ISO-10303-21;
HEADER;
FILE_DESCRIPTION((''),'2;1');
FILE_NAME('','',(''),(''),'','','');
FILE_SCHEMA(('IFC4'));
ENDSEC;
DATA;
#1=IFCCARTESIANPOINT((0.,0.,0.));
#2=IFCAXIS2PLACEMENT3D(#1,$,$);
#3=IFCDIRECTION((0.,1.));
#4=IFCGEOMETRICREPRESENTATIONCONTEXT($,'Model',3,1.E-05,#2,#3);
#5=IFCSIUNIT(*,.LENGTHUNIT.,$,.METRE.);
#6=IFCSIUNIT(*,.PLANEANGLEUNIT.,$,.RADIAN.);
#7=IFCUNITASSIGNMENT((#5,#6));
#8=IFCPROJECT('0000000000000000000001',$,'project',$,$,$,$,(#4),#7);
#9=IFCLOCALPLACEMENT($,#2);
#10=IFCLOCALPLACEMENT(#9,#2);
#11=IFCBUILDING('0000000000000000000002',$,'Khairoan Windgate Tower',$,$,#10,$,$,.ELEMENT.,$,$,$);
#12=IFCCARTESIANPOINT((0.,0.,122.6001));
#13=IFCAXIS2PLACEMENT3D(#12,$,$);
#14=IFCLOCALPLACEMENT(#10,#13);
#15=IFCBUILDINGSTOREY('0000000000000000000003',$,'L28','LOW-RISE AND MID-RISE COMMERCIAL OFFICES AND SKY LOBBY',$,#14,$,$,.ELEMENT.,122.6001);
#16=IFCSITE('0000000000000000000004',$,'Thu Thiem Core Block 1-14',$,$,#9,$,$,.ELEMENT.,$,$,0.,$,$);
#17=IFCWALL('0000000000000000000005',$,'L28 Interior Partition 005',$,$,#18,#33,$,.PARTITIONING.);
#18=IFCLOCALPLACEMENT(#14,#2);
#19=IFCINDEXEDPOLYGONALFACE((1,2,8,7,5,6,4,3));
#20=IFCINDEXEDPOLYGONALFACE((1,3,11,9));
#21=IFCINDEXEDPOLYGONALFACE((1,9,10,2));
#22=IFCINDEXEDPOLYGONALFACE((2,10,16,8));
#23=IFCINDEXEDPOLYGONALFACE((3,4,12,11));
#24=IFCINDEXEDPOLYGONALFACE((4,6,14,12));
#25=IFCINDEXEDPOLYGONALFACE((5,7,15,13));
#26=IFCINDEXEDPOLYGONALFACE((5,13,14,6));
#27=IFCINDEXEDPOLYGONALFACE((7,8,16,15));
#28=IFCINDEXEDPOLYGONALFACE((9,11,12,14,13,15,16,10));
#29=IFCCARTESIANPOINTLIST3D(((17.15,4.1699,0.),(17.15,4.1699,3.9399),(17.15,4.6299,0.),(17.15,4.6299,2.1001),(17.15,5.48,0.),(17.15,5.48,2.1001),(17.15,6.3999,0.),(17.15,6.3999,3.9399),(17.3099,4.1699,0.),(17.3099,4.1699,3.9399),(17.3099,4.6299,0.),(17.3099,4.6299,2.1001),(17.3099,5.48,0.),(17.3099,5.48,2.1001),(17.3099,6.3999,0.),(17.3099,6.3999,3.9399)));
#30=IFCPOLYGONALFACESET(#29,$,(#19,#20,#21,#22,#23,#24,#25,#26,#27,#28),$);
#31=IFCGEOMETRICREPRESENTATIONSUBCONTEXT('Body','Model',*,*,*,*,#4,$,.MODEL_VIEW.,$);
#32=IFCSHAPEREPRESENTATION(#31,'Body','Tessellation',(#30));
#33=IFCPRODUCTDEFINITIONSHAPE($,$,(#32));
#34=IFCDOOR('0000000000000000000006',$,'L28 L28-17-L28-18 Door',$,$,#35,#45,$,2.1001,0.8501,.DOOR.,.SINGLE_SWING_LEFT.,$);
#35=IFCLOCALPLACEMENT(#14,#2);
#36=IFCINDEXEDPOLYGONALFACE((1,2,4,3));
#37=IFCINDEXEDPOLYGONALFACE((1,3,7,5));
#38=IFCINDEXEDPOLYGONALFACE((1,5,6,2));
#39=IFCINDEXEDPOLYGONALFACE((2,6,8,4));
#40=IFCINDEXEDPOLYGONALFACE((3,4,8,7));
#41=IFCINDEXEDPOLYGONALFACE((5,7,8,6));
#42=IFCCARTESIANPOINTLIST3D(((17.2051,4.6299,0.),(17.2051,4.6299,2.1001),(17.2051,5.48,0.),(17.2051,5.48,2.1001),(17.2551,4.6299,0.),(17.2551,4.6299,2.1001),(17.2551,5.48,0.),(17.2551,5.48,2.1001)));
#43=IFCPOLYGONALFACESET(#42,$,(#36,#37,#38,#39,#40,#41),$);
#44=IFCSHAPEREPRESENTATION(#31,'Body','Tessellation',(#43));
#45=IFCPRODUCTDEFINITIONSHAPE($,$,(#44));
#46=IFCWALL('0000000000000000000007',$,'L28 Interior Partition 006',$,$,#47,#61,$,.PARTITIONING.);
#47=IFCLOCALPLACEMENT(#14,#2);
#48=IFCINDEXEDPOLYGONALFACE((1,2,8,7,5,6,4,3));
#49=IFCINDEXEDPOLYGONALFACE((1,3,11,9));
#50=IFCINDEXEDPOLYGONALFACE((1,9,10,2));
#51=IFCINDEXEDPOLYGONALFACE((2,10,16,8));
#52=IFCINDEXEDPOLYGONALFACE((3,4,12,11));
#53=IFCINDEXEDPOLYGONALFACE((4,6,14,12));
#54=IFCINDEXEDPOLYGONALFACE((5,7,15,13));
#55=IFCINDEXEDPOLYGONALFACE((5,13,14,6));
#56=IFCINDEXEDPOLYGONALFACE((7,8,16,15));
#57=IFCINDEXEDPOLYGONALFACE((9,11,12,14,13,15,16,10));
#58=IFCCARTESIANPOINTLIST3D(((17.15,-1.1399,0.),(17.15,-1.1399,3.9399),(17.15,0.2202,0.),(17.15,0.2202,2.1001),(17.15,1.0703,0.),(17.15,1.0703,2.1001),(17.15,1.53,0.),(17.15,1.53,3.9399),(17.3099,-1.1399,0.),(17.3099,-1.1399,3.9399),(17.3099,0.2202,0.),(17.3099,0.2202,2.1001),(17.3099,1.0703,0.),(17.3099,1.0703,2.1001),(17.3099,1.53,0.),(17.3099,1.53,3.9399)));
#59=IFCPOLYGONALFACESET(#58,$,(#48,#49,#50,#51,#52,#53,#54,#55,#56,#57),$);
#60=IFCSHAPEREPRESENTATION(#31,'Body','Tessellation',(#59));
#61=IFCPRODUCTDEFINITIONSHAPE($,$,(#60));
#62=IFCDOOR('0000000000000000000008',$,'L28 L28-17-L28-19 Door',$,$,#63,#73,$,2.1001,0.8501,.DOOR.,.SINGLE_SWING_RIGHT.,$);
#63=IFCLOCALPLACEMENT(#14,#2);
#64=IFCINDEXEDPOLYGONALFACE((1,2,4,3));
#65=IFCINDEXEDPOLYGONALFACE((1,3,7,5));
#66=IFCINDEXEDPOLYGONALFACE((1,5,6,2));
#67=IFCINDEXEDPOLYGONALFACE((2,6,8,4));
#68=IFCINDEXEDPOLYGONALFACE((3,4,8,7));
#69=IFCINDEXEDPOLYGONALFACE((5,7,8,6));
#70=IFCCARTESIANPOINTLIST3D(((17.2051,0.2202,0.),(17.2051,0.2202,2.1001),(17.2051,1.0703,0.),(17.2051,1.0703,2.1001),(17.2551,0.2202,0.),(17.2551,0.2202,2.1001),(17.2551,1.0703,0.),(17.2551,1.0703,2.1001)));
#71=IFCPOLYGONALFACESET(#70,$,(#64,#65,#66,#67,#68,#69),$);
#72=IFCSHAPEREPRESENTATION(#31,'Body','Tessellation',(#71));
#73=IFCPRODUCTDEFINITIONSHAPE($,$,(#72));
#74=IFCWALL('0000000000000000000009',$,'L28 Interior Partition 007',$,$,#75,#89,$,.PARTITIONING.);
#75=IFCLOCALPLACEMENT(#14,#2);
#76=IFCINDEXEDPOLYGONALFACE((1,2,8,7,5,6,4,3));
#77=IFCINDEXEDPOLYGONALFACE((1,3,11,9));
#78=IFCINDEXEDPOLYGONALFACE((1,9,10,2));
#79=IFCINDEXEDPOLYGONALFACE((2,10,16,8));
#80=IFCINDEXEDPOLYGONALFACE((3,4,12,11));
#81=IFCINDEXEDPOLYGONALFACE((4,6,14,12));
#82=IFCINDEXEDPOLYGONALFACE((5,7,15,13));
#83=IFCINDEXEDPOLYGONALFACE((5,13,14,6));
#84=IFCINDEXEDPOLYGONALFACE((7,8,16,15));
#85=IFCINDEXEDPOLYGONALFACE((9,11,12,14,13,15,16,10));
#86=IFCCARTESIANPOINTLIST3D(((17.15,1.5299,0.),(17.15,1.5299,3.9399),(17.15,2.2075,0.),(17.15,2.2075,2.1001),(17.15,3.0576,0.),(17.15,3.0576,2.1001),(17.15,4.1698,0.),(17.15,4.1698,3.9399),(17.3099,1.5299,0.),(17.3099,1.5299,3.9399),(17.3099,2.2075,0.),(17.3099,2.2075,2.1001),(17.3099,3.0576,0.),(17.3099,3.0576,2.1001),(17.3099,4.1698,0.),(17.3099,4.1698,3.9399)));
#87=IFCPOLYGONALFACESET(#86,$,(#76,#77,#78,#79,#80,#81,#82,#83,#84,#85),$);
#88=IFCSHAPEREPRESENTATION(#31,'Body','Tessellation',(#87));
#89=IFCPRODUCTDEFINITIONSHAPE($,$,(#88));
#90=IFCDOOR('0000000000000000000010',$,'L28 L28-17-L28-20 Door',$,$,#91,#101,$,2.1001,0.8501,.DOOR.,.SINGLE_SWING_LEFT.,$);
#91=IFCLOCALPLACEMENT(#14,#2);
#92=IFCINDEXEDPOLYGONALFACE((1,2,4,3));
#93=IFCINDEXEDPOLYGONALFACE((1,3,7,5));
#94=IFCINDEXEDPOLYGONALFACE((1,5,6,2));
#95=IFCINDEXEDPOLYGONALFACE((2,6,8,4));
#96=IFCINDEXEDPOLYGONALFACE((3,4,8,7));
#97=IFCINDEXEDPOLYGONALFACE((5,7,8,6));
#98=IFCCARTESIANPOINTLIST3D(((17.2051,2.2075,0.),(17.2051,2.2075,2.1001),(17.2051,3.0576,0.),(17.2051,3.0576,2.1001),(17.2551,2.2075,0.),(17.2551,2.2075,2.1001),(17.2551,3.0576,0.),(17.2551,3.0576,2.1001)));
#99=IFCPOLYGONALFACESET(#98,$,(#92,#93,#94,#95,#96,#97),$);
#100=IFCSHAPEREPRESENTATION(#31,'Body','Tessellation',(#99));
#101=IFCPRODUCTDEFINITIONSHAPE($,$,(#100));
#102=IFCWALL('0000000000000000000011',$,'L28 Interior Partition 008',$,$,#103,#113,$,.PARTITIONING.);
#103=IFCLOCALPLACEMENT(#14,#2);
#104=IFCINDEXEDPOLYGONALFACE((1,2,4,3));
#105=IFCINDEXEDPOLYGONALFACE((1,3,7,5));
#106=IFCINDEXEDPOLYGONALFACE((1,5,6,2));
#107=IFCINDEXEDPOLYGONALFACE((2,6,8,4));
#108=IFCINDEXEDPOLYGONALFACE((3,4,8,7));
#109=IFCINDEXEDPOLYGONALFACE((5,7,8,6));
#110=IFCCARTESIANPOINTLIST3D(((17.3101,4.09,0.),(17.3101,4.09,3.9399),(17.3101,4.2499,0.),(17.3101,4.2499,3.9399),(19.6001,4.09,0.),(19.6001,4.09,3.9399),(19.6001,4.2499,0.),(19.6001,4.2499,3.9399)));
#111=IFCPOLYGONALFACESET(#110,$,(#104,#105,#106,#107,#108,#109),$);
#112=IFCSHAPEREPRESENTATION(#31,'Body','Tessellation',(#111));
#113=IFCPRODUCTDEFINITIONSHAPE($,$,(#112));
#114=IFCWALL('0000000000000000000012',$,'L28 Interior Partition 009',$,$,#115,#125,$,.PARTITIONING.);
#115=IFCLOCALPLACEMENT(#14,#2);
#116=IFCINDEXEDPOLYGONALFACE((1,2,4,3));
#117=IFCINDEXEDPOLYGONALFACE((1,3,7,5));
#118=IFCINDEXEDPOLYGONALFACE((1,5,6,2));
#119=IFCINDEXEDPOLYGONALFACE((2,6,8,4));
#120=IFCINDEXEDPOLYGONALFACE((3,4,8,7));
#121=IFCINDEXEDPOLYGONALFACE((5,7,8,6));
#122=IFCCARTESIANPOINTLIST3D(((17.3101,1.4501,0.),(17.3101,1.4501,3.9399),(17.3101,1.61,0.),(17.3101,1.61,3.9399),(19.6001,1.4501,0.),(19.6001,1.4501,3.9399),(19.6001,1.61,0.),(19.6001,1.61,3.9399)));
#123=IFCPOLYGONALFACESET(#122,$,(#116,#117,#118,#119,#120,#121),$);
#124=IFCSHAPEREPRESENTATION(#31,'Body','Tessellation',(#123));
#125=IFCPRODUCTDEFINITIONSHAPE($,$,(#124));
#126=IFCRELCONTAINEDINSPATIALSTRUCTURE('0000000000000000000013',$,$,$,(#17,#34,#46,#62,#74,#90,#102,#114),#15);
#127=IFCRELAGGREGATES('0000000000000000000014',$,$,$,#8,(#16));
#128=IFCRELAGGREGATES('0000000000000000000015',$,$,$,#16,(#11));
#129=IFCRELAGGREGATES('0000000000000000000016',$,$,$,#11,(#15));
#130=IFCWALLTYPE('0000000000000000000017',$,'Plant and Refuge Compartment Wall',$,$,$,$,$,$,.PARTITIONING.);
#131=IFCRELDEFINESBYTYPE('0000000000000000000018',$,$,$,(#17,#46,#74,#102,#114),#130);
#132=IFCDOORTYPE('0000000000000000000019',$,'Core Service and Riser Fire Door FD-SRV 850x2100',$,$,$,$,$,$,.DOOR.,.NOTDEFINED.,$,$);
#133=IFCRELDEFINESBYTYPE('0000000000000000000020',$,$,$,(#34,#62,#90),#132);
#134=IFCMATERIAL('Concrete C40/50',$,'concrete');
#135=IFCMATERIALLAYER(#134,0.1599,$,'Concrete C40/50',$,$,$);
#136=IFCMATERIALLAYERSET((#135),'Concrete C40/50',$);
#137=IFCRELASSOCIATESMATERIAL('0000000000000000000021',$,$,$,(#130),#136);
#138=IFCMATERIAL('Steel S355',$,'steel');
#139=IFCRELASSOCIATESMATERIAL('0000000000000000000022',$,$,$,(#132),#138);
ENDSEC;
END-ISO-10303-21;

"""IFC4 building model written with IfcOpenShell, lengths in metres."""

from ifc_helpers import new_model, si_unit, direction, frame, frame_2d, origin, place, context, subcontext, project, spatial, rectangle, extrude, material, layer, layer_set, type_object, element, fill, save


model = new_model("IFC4")

# Units and contexts
model_context = context("Model", 3, precision=1e-05, world=origin(), true_north=direction((0.0, 1.0)))
body_context = subcontext(model_context, "Body", "Model", "MODEL_VIEW")
ifc_project = project(units=[si_unit("LENGTHUNIT", "METRE"), si_unit("PLANEANGLEUNIT", "RADIAN")], contexts=[model_context])

# Site, building, storey
site_placement = place(None, origin())
site = spatial("IfcSite", under=ifc_project, at=site_placement, Name="Thu Thiem Core Block 1-14", CompositionType="ELEMENT", RefElevation=0.0)
building_placement = place(site_placement, origin())
building = spatial("IfcBuilding", under=site, at=building_placement, Name="Khairoan Windgate Tower", CompositionType="ELEMENT")
storey_placement = place(building_placement, frame((0.0, 0.0, 122.6001)))
storey = spatial("IfcBuildingStorey", under=building, at=storey_placement, Name="L28", Description="LOW-RISE AND MID-RISE COMMERCIAL OFFICES AND SKY LOBBY", CompositionType="ELEMENT", Elevation=122.6001)

# Walls, openings, doors
ifc_material_1 = material(Name="Concrete C40/50", Category="concrete")
ifc_layer_1 = layer(ifc_material_1, 0.1599, Name="Concrete C40/50")
ifc_layer_set_1 = layer_set([ifc_layer_1], Name="Concrete C40/50")
wall_type_1 = type_object("IfcWallType", Name="Plant and Refuge Compartment Wall", PredefinedType="PARTITIONING", material=ifc_layer_set_1)
wall_1_placement = place(storey_placement, frame((17.23, 4.1699, 0.0), z_axis=(0.0, 0.0, 1.0), x_axis=(0.0, 1.0, 0.0)))
wall_1 = element("IfcWall", 1, at=wall_1_placement, inside=storey, type_object=wall_type_1, Name="L28 Interior Partition 005", PredefinedType="PARTITIONING", context=body_context, shape_type="SweptSolid", body=[
    extrude(rectangle(XDim=2.23, YDim=0.1599, at=frame_2d((1.115, 0.0))), origin(), (0.0, 0.0, 1.0), 3.9399),
])
opening_1_placement = place(wall_1_placement, frame((0.46, 0.0, 0.0)))
opening_1 = element("IfcOpeningElement", 2, at=opening_1_placement, cuts=wall_1, PredefinedType="OPENING", context=body_context, shape_type="SweptSolid", body=[
    extrude(rectangle(XDim=0.8501, YDim=2.1001, at=frame_2d((0.425, 1.05))), frame((0.0, 0.0898, 0.0), z_axis=(0.0, -1.0, 0.0), x_axis=(1.0, 0.0, 0.0)), (0.0, 0.0, 1.0), 0.1799),
])
ifc_material_2 = material(Name="Steel S355", Category="steel")
door_type = type_object("IfcDoorType", Name="Core Service and Riser Fire Door FD-SRV 850x2100", OperationType="NOTDEFINED", PredefinedType="DOOR", material=ifc_material_2)
door_1_placement = place(opening_1_placement, origin())
door_1 = element("IfcDoor", 3, at=door_1_placement, inside=storey, type_object=door_type, Name="L28 L28-17-L28-18 Door", OperationType="SINGLE_SWING_LEFT", OverallHeight=2.1001, OverallWidth=0.8501, PredefinedType="DOOR", context=body_context, shape_type="SweptSolid", body=[
    extrude(rectangle(XDim=0.8501, YDim=2.1001, at=frame_2d((0.425, 1.05))), frame((0.0, 0.0249, 0.0), z_axis=(0.0, -1.0, 0.0), x_axis=(1.0, 0.0, 0.0)), (0.0, 0.0, 1.0), 0.05),
])
fill(opening_1, door_1)
wall_2_placement = place(storey_placement, frame((17.23, -1.1399, 0.0), z_axis=(0.0, 0.0, 1.0), x_axis=(0.0, 1.0, 0.0)))
wall_2 = element("IfcWall", 4, at=wall_2_placement, inside=storey, type_object=wall_type_1, Name="L28 Interior Partition 006", PredefinedType="PARTITIONING", context=body_context, shape_type="SweptSolid", body=[
    extrude(rectangle(XDim=2.6699, YDim=0.1599, at=frame_2d((1.335, 0.0))), origin(), (0.0, 0.0, 1.0), 3.9399),
])
opening_2_placement = place(wall_2_placement, frame((1.3601, 0.0, 0.0)))
opening_2 = element("IfcOpeningElement", 5, at=opening_2_placement, cuts=wall_2, PredefinedType="OPENING", context=body_context, shape_type="SweptSolid", body=[
    extrude(rectangle(XDim=0.8501, YDim=2.1001, at=frame_2d((0.425, 1.05))), frame((0.0, 0.0898, 0.0), z_axis=(0.0, -1.0, 0.0), x_axis=(1.0, 0.0, 0.0)), (0.0, 0.0, 1.0), 0.1799),
])
door_2_placement = place(opening_2_placement, origin())
door_2 = element("IfcDoor", 6, at=door_2_placement, inside=storey, type_object=door_type, Name="L28 L28-17-L28-19 Door", OperationType="SINGLE_SWING_RIGHT", OverallHeight=2.1001, OverallWidth=0.8501, PredefinedType="DOOR", context=body_context, shape_type="SweptSolid", body=[
    extrude(rectangle(XDim=0.8501, YDim=2.1001, at=frame_2d((0.425, 1.05))), frame((0.0, 0.0249, 0.0), z_axis=(0.0, -1.0, 0.0), x_axis=(1.0, 0.0, 0.0)), (0.0, 0.0, 1.0), 0.05),
])
fill(opening_2, door_2)
wall_3_placement = place(storey_placement, frame((17.23, 1.53, 0.0), z_axis=(0.0, 0.0, 1.0), x_axis=(0.0, 1.0, 0.0)))
wall_3 = element("IfcWall", 7, at=wall_3_placement, inside=storey, type_object=wall_type_1, Name="L28 Interior Partition 007", PredefinedType="PARTITIONING", context=body_context, shape_type="SweptSolid", body=[
    extrude(rectangle(XDim=2.6399, YDim=0.1599, at=frame_2d((1.3198, 0.0))), origin(), (0.0, 0.0, 1.0), 3.9399),
])
opening_3_placement = place(wall_3_placement, frame((0.6775, 0.0, 0.0)))
opening_3 = element("IfcOpeningElement", 8, at=opening_3_placement, cuts=wall_3, PredefinedType="OPENING", context=body_context, shape_type="SweptSolid", body=[
    extrude(rectangle(XDim=0.8501, YDim=2.1001, at=frame_2d((0.425, 1.05))), frame((0.0, 0.0898, 0.0), z_axis=(0.0, -1.0, 0.0), x_axis=(1.0, 0.0, 0.0)), (0.0, 0.0, 1.0), 0.1799),
])
door_3_placement = place(opening_3_placement, origin())
door_3 = element("IfcDoor", 9, at=door_3_placement, inside=storey, type_object=door_type, Name="L28 L28-17-L28-20 Door", OperationType="SINGLE_SWING_LEFT", OverallHeight=2.1001, OverallWidth=0.8501, PredefinedType="DOOR", context=body_context, shape_type="SweptSolid", body=[
    extrude(rectangle(XDim=0.8501, YDim=2.1001, at=frame_2d((0.425, 1.05))), frame((0.0, 0.0249, 0.0), z_axis=(0.0, -1.0, 0.0), x_axis=(1.0, 0.0, 0.0)), (0.0, 0.0, 1.0), 0.05),
])
fill(opening_3, door_3)

# Walls
for number, where, z_axis, x_axis, name in (
    (10, (17.3101, 4.1699, 0.0), (0.0, 0.0, 1.0), (1.0, 0.0, 0.0), "L28 Interior Partition 008"),
    (11, (17.3101, 1.53, 0.0), (0.0, 0.0, 1.0), (1.0, 0.0, 0.0), "L28 Interior Partition 009"),
):
    element("IfcWall", number, at=place(storey_placement, frame(where, z_axis=z_axis, x_axis=x_axis)), inside=storey, type_object=wall_type_1, Name=name, PredefinedType="PARTITIONING", context=body_context, shape_type="SweptSolid", body=[
        extrude(rectangle(XDim=2.29, YDim=0.1599, at=frame_2d((1.145, 0.0))), origin(), (0.0, 0.0, 1.0), 3.9399),
    ])

save(model, "model.ifc")
